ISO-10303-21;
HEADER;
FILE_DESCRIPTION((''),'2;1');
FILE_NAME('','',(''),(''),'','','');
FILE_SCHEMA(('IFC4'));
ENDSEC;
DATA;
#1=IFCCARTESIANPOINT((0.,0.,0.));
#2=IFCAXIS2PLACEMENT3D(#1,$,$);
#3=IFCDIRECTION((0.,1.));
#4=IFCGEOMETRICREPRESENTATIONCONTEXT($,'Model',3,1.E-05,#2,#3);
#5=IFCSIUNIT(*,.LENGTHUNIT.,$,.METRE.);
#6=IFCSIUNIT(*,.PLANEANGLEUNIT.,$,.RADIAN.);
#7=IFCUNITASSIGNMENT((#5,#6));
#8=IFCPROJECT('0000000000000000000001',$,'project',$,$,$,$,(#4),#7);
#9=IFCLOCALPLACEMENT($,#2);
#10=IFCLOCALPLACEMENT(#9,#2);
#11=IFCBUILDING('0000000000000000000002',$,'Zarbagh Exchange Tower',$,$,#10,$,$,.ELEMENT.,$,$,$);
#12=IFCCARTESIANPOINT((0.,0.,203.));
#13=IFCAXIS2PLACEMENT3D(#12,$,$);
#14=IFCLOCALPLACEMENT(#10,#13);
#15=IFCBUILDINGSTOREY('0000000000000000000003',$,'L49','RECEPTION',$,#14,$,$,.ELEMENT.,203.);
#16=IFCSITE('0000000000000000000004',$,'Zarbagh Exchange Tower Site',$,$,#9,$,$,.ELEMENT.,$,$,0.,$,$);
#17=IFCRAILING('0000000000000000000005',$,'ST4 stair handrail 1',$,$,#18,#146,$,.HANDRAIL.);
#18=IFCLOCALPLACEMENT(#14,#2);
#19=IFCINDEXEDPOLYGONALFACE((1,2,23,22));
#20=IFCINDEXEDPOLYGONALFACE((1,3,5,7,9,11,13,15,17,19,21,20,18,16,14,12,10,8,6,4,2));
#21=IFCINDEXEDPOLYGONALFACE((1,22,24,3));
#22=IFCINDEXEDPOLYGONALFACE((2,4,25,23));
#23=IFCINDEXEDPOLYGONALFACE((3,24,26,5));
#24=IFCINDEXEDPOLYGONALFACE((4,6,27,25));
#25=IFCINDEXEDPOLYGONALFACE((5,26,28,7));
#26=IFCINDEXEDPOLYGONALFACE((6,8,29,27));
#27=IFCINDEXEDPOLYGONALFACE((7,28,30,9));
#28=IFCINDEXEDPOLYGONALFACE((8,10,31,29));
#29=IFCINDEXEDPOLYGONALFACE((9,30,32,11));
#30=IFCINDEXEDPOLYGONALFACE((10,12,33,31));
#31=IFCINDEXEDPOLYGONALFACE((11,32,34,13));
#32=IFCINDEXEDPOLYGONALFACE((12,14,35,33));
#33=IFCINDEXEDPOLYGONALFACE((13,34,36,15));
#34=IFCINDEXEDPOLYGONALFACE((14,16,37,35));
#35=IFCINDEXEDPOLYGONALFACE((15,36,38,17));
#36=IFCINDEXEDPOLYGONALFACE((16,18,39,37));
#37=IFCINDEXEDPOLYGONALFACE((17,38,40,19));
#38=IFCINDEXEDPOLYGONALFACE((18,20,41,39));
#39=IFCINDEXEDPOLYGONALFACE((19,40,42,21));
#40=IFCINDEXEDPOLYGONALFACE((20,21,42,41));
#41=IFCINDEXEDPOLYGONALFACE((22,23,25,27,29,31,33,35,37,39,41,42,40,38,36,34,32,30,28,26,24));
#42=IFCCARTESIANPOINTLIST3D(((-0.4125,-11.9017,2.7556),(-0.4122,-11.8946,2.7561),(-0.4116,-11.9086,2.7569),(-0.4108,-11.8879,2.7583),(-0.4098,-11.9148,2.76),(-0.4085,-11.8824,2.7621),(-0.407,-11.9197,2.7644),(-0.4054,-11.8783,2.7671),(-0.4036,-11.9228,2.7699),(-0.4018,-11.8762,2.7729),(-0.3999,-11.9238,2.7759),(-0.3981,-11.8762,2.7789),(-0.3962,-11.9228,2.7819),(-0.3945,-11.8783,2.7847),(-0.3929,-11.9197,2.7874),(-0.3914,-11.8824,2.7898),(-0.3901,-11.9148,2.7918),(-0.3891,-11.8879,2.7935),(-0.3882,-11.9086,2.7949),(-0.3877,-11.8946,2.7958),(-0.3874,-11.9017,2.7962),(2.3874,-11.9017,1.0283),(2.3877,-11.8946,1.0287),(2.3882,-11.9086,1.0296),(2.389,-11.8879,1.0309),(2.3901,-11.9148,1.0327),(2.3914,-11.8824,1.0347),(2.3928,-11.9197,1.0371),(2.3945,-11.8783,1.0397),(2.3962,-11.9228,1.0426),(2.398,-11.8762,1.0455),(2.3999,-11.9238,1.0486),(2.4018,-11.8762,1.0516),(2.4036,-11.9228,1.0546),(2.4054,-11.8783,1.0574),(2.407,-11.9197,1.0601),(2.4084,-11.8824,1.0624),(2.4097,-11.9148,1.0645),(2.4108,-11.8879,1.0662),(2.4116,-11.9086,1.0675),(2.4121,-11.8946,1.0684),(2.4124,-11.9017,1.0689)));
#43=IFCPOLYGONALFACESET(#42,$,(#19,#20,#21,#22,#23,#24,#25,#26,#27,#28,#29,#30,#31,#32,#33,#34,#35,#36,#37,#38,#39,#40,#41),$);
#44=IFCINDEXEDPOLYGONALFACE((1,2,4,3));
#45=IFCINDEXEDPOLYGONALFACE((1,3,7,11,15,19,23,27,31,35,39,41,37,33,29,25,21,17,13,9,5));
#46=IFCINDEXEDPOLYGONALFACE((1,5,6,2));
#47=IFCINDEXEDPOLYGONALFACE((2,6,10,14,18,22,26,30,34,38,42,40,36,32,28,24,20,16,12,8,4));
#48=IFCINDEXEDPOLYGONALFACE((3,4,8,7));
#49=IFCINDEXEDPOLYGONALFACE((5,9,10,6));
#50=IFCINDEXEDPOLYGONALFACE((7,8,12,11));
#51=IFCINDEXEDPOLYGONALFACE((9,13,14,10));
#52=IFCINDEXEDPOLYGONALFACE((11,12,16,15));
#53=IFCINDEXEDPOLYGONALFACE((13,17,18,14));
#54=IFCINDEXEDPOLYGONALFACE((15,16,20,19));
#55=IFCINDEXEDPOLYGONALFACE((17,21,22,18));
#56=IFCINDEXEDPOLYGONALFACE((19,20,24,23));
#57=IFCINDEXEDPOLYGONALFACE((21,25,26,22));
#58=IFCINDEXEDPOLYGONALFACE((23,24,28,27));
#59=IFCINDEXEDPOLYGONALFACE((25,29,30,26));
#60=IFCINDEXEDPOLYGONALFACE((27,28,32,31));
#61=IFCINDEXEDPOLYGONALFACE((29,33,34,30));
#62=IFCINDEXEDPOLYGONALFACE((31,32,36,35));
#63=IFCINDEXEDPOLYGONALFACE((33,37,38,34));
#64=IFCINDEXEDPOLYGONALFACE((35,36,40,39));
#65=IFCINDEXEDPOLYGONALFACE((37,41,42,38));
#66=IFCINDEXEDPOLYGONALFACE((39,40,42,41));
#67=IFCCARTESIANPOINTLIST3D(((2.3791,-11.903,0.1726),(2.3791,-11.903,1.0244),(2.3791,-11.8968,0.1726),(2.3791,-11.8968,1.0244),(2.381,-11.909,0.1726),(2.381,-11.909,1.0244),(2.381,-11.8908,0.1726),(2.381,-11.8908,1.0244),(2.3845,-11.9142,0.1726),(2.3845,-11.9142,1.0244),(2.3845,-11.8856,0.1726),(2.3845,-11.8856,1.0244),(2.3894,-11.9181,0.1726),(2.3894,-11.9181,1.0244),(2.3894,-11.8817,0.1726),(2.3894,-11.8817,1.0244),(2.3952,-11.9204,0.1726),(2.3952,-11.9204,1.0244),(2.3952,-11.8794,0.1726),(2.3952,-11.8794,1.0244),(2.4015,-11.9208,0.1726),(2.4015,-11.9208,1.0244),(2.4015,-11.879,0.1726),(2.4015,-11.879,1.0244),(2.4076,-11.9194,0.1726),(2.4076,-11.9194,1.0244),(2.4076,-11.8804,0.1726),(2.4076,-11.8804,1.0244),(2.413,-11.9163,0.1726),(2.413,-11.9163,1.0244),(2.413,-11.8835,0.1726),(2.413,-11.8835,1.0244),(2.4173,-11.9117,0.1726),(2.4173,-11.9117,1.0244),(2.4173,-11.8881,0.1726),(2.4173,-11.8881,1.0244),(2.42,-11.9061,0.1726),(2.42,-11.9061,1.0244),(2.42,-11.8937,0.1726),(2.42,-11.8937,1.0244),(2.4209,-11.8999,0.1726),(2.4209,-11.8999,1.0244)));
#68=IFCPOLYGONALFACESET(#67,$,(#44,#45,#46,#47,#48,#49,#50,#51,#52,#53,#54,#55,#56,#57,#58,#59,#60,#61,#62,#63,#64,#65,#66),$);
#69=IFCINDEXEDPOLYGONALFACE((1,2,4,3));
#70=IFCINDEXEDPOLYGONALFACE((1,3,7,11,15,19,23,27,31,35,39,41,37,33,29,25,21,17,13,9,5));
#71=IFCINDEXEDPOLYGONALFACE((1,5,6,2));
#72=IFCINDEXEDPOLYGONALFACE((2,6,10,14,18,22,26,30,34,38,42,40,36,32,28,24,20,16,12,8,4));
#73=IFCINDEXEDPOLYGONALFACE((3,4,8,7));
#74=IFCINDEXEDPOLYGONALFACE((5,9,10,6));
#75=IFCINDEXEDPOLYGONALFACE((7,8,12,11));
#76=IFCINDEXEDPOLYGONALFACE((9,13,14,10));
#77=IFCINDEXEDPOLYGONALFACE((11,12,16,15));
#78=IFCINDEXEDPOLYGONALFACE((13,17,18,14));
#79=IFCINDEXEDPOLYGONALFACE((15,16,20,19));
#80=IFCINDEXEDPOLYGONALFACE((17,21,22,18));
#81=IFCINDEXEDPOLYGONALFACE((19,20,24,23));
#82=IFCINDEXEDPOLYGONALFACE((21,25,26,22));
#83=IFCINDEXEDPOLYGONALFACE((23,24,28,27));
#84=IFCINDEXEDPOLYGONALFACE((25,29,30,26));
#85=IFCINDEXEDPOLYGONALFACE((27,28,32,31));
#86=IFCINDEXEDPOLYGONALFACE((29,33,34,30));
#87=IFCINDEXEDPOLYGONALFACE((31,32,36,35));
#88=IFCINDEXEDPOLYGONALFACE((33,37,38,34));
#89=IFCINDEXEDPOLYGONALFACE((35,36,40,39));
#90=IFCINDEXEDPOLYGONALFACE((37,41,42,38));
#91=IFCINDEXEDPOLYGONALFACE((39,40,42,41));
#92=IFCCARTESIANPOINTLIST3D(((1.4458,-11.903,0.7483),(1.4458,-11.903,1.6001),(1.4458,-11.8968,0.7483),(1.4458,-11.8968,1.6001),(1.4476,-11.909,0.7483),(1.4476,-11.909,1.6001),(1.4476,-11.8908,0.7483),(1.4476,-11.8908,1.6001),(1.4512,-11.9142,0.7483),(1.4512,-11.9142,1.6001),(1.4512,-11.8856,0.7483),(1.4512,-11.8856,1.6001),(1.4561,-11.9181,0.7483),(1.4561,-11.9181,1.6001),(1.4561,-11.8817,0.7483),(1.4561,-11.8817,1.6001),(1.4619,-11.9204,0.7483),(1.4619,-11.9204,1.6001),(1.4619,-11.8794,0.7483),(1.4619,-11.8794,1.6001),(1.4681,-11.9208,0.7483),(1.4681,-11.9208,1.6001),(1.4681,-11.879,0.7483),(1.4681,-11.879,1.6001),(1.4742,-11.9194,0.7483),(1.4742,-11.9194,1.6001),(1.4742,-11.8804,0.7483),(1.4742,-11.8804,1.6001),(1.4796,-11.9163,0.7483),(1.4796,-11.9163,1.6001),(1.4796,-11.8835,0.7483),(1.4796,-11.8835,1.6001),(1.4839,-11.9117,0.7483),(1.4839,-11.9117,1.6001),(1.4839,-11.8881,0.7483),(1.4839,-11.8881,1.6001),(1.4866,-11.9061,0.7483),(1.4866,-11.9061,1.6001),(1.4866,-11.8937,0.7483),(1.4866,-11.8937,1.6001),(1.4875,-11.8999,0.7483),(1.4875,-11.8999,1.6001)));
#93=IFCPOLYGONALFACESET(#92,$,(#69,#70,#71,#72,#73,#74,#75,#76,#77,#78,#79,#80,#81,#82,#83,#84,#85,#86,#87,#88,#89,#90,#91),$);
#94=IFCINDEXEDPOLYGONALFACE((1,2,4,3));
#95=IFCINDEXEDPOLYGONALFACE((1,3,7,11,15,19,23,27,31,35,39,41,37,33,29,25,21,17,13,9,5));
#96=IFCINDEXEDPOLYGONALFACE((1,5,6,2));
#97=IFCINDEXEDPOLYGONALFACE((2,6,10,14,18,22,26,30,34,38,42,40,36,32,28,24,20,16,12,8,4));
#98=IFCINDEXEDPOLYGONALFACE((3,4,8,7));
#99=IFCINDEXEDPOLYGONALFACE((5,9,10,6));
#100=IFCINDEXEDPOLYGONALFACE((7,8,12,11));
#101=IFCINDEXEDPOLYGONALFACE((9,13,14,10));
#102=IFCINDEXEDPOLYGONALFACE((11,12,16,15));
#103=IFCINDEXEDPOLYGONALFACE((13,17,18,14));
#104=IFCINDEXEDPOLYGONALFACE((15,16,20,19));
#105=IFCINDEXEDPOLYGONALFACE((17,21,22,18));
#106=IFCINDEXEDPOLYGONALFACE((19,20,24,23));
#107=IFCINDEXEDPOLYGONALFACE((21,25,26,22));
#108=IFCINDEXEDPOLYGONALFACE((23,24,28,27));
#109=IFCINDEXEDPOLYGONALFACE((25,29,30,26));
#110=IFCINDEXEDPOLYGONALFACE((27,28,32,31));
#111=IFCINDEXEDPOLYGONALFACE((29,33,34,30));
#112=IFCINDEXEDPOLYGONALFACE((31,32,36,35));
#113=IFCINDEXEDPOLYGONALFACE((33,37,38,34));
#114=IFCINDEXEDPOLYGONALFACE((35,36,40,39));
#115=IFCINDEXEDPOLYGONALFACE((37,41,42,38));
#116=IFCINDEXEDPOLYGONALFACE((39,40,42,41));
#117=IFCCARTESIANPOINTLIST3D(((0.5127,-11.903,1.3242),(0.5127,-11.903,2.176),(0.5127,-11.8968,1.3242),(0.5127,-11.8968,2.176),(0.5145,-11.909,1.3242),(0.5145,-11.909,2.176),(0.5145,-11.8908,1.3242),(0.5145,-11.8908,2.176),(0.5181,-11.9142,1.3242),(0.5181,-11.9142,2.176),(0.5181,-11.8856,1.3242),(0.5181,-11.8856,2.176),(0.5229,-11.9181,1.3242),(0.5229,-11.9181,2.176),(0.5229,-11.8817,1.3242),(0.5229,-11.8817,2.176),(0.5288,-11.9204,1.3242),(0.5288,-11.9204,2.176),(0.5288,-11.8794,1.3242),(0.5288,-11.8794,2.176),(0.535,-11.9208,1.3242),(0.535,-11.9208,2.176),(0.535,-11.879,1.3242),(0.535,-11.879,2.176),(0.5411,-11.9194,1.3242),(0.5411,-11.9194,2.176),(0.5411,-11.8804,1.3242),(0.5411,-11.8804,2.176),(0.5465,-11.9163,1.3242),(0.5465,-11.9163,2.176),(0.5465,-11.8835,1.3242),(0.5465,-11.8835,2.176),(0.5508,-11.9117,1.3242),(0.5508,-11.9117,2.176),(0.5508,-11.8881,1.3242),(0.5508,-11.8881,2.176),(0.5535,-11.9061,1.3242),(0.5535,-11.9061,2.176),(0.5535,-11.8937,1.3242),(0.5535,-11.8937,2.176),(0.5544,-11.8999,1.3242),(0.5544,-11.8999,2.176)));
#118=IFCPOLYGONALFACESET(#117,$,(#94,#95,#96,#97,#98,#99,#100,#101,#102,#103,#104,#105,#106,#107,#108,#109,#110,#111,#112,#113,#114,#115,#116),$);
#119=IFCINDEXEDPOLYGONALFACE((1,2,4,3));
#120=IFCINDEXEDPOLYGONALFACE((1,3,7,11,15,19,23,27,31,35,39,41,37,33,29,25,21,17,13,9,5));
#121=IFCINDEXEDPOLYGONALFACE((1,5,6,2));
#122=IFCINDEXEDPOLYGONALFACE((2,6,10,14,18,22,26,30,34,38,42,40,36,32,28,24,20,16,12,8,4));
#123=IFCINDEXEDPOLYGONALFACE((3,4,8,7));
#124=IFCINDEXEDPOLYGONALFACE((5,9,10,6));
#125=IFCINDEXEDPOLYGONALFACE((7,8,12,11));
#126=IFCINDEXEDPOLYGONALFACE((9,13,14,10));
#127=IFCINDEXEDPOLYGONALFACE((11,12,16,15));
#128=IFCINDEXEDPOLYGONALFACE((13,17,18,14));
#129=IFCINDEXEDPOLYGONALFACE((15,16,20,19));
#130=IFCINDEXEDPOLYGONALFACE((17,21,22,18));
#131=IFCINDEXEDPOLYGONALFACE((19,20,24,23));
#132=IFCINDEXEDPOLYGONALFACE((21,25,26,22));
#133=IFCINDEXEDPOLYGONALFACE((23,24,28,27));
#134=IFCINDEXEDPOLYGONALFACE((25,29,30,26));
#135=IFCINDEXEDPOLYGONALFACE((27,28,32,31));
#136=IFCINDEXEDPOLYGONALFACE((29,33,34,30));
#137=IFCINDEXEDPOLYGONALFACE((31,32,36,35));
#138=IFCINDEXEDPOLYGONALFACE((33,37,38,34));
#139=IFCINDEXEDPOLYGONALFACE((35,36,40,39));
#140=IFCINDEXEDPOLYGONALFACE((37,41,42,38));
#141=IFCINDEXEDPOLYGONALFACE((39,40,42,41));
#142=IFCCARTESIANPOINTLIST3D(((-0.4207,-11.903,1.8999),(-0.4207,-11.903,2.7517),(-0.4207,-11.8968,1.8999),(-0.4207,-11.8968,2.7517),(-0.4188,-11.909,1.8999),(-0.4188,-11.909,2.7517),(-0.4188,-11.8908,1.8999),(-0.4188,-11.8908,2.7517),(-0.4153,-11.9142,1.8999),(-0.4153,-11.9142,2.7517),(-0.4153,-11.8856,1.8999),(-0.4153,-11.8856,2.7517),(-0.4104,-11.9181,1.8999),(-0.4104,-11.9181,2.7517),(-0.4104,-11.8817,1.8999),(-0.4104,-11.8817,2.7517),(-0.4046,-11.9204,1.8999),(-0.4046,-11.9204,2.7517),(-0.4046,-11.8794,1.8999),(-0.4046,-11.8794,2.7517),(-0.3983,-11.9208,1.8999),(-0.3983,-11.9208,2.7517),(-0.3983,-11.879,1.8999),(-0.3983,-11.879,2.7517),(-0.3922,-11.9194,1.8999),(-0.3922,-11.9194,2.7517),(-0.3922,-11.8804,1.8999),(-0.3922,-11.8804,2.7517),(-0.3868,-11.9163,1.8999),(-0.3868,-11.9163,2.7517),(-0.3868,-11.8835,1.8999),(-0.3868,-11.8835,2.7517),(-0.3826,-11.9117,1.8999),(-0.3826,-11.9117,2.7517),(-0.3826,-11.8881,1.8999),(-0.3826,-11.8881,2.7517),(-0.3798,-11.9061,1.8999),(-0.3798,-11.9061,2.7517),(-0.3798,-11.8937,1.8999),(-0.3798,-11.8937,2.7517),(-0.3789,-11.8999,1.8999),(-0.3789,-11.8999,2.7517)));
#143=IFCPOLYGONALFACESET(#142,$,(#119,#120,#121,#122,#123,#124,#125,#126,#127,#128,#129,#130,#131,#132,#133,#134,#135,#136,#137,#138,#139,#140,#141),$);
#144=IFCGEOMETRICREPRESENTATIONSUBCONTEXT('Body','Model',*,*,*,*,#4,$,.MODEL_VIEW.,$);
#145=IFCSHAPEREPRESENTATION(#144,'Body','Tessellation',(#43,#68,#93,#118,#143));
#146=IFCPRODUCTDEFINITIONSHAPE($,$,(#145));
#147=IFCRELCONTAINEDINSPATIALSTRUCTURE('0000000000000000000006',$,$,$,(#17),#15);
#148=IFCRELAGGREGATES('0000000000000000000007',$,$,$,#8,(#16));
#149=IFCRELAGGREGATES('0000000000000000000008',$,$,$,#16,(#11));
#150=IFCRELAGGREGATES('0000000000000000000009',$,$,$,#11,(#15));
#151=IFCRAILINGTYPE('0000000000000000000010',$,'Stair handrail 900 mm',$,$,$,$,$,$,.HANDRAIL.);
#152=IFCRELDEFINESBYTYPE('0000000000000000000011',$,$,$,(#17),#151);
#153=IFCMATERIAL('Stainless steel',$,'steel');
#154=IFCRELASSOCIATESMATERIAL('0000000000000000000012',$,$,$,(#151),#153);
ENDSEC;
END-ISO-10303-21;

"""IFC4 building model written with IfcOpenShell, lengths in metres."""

from ifc_helpers import new_model, si_unit, direction, frame, origin, origin_2d, place, context, subcontext, project, spatial, circle, extrude, material, type_object, element, save


model = new_model("IFC4")

# Units and contexts
model_context = context("Model", 3, precision=1e-05, world=origin(), true_north=direction((0.0, 1.0)))
body_context = subcontext(model_context, "Body", "Model", "MODEL_VIEW")
ifc_project = project(units=[si_unit("LENGTHUNIT", "METRE"), si_unit("PLANEANGLEUNIT", "RADIAN")], contexts=[model_context])

# Site, building, storey
site_placement = place(None, origin())
site = spatial("IfcSite", under=ifc_project, at=site_placement, Name="Zarbagh Exchange Tower Site", CompositionType="ELEMENT", RefElevation=0.0)
building_placement = place(site_placement, origin())
building = spatial("IfcBuilding", under=site, at=building_placement, Name="Zarbagh Exchange Tower", CompositionType="ELEMENT")
storey_placement = place(building_placement, frame((0.0, 0.0, 203.0)))
storey = spatial("IfcBuildingStorey", under=building, at=storey_placement, Name="L49", Description="RECEPTION", CompositionType="ELEMENT", Elevation=203.0)

# Shared definitions
ifc_material_1 = material(Name="Stainless steel", Category="steel")

# Railing
railing_type_1 = type_object("IfcRailingType", Name="Stair handrail 900 mm", PredefinedType="HANDRAIL", material=ifc_material_1)
railing_1_placement = place(storey_placement, frame((2.3999, -11.8999, 0.1726)))
element("IfcRailing", 1, at=railing_1_placement, inside=storey, type_object=railing_type_1, Name="ST4 stair handrail 1", PredefinedType="HANDRAIL", context=body_context, shape_type="SweptSolid", body=[
    extrude(circle(Radius=0.0239, at=origin_2d()), frame((0.0, 0.0, 0.876), z_axis=(-0.851069, 0.0, 0.525054), x_axis=(0.0, -1.0, 0.0)), (0.0, 0.0, 1.0), 3.2898),
    extrude(circle(Radius=0.021, at=origin_2d()), origin(), (0.0, 0.0, 1.0), 0.8518),
    extrude(circle(Radius=0.021, at=origin_2d()), frame((-0.9333, 0.0, 0.5757)), (0.0, 0.0, 1.0), 0.8518),
    extrude(circle(Radius=0.021, at=origin_2d()), frame((-1.8665, 0.0, 1.1516)), (0.0, 0.0, 1.0), 0.8518),
    extrude(circle(Radius=0.021, at=origin_2d()), frame((-2.7998, 0.0, 1.7273)), (0.0, 0.0, 1.0), 0.8518),
])

save(model, "model.ifc")
